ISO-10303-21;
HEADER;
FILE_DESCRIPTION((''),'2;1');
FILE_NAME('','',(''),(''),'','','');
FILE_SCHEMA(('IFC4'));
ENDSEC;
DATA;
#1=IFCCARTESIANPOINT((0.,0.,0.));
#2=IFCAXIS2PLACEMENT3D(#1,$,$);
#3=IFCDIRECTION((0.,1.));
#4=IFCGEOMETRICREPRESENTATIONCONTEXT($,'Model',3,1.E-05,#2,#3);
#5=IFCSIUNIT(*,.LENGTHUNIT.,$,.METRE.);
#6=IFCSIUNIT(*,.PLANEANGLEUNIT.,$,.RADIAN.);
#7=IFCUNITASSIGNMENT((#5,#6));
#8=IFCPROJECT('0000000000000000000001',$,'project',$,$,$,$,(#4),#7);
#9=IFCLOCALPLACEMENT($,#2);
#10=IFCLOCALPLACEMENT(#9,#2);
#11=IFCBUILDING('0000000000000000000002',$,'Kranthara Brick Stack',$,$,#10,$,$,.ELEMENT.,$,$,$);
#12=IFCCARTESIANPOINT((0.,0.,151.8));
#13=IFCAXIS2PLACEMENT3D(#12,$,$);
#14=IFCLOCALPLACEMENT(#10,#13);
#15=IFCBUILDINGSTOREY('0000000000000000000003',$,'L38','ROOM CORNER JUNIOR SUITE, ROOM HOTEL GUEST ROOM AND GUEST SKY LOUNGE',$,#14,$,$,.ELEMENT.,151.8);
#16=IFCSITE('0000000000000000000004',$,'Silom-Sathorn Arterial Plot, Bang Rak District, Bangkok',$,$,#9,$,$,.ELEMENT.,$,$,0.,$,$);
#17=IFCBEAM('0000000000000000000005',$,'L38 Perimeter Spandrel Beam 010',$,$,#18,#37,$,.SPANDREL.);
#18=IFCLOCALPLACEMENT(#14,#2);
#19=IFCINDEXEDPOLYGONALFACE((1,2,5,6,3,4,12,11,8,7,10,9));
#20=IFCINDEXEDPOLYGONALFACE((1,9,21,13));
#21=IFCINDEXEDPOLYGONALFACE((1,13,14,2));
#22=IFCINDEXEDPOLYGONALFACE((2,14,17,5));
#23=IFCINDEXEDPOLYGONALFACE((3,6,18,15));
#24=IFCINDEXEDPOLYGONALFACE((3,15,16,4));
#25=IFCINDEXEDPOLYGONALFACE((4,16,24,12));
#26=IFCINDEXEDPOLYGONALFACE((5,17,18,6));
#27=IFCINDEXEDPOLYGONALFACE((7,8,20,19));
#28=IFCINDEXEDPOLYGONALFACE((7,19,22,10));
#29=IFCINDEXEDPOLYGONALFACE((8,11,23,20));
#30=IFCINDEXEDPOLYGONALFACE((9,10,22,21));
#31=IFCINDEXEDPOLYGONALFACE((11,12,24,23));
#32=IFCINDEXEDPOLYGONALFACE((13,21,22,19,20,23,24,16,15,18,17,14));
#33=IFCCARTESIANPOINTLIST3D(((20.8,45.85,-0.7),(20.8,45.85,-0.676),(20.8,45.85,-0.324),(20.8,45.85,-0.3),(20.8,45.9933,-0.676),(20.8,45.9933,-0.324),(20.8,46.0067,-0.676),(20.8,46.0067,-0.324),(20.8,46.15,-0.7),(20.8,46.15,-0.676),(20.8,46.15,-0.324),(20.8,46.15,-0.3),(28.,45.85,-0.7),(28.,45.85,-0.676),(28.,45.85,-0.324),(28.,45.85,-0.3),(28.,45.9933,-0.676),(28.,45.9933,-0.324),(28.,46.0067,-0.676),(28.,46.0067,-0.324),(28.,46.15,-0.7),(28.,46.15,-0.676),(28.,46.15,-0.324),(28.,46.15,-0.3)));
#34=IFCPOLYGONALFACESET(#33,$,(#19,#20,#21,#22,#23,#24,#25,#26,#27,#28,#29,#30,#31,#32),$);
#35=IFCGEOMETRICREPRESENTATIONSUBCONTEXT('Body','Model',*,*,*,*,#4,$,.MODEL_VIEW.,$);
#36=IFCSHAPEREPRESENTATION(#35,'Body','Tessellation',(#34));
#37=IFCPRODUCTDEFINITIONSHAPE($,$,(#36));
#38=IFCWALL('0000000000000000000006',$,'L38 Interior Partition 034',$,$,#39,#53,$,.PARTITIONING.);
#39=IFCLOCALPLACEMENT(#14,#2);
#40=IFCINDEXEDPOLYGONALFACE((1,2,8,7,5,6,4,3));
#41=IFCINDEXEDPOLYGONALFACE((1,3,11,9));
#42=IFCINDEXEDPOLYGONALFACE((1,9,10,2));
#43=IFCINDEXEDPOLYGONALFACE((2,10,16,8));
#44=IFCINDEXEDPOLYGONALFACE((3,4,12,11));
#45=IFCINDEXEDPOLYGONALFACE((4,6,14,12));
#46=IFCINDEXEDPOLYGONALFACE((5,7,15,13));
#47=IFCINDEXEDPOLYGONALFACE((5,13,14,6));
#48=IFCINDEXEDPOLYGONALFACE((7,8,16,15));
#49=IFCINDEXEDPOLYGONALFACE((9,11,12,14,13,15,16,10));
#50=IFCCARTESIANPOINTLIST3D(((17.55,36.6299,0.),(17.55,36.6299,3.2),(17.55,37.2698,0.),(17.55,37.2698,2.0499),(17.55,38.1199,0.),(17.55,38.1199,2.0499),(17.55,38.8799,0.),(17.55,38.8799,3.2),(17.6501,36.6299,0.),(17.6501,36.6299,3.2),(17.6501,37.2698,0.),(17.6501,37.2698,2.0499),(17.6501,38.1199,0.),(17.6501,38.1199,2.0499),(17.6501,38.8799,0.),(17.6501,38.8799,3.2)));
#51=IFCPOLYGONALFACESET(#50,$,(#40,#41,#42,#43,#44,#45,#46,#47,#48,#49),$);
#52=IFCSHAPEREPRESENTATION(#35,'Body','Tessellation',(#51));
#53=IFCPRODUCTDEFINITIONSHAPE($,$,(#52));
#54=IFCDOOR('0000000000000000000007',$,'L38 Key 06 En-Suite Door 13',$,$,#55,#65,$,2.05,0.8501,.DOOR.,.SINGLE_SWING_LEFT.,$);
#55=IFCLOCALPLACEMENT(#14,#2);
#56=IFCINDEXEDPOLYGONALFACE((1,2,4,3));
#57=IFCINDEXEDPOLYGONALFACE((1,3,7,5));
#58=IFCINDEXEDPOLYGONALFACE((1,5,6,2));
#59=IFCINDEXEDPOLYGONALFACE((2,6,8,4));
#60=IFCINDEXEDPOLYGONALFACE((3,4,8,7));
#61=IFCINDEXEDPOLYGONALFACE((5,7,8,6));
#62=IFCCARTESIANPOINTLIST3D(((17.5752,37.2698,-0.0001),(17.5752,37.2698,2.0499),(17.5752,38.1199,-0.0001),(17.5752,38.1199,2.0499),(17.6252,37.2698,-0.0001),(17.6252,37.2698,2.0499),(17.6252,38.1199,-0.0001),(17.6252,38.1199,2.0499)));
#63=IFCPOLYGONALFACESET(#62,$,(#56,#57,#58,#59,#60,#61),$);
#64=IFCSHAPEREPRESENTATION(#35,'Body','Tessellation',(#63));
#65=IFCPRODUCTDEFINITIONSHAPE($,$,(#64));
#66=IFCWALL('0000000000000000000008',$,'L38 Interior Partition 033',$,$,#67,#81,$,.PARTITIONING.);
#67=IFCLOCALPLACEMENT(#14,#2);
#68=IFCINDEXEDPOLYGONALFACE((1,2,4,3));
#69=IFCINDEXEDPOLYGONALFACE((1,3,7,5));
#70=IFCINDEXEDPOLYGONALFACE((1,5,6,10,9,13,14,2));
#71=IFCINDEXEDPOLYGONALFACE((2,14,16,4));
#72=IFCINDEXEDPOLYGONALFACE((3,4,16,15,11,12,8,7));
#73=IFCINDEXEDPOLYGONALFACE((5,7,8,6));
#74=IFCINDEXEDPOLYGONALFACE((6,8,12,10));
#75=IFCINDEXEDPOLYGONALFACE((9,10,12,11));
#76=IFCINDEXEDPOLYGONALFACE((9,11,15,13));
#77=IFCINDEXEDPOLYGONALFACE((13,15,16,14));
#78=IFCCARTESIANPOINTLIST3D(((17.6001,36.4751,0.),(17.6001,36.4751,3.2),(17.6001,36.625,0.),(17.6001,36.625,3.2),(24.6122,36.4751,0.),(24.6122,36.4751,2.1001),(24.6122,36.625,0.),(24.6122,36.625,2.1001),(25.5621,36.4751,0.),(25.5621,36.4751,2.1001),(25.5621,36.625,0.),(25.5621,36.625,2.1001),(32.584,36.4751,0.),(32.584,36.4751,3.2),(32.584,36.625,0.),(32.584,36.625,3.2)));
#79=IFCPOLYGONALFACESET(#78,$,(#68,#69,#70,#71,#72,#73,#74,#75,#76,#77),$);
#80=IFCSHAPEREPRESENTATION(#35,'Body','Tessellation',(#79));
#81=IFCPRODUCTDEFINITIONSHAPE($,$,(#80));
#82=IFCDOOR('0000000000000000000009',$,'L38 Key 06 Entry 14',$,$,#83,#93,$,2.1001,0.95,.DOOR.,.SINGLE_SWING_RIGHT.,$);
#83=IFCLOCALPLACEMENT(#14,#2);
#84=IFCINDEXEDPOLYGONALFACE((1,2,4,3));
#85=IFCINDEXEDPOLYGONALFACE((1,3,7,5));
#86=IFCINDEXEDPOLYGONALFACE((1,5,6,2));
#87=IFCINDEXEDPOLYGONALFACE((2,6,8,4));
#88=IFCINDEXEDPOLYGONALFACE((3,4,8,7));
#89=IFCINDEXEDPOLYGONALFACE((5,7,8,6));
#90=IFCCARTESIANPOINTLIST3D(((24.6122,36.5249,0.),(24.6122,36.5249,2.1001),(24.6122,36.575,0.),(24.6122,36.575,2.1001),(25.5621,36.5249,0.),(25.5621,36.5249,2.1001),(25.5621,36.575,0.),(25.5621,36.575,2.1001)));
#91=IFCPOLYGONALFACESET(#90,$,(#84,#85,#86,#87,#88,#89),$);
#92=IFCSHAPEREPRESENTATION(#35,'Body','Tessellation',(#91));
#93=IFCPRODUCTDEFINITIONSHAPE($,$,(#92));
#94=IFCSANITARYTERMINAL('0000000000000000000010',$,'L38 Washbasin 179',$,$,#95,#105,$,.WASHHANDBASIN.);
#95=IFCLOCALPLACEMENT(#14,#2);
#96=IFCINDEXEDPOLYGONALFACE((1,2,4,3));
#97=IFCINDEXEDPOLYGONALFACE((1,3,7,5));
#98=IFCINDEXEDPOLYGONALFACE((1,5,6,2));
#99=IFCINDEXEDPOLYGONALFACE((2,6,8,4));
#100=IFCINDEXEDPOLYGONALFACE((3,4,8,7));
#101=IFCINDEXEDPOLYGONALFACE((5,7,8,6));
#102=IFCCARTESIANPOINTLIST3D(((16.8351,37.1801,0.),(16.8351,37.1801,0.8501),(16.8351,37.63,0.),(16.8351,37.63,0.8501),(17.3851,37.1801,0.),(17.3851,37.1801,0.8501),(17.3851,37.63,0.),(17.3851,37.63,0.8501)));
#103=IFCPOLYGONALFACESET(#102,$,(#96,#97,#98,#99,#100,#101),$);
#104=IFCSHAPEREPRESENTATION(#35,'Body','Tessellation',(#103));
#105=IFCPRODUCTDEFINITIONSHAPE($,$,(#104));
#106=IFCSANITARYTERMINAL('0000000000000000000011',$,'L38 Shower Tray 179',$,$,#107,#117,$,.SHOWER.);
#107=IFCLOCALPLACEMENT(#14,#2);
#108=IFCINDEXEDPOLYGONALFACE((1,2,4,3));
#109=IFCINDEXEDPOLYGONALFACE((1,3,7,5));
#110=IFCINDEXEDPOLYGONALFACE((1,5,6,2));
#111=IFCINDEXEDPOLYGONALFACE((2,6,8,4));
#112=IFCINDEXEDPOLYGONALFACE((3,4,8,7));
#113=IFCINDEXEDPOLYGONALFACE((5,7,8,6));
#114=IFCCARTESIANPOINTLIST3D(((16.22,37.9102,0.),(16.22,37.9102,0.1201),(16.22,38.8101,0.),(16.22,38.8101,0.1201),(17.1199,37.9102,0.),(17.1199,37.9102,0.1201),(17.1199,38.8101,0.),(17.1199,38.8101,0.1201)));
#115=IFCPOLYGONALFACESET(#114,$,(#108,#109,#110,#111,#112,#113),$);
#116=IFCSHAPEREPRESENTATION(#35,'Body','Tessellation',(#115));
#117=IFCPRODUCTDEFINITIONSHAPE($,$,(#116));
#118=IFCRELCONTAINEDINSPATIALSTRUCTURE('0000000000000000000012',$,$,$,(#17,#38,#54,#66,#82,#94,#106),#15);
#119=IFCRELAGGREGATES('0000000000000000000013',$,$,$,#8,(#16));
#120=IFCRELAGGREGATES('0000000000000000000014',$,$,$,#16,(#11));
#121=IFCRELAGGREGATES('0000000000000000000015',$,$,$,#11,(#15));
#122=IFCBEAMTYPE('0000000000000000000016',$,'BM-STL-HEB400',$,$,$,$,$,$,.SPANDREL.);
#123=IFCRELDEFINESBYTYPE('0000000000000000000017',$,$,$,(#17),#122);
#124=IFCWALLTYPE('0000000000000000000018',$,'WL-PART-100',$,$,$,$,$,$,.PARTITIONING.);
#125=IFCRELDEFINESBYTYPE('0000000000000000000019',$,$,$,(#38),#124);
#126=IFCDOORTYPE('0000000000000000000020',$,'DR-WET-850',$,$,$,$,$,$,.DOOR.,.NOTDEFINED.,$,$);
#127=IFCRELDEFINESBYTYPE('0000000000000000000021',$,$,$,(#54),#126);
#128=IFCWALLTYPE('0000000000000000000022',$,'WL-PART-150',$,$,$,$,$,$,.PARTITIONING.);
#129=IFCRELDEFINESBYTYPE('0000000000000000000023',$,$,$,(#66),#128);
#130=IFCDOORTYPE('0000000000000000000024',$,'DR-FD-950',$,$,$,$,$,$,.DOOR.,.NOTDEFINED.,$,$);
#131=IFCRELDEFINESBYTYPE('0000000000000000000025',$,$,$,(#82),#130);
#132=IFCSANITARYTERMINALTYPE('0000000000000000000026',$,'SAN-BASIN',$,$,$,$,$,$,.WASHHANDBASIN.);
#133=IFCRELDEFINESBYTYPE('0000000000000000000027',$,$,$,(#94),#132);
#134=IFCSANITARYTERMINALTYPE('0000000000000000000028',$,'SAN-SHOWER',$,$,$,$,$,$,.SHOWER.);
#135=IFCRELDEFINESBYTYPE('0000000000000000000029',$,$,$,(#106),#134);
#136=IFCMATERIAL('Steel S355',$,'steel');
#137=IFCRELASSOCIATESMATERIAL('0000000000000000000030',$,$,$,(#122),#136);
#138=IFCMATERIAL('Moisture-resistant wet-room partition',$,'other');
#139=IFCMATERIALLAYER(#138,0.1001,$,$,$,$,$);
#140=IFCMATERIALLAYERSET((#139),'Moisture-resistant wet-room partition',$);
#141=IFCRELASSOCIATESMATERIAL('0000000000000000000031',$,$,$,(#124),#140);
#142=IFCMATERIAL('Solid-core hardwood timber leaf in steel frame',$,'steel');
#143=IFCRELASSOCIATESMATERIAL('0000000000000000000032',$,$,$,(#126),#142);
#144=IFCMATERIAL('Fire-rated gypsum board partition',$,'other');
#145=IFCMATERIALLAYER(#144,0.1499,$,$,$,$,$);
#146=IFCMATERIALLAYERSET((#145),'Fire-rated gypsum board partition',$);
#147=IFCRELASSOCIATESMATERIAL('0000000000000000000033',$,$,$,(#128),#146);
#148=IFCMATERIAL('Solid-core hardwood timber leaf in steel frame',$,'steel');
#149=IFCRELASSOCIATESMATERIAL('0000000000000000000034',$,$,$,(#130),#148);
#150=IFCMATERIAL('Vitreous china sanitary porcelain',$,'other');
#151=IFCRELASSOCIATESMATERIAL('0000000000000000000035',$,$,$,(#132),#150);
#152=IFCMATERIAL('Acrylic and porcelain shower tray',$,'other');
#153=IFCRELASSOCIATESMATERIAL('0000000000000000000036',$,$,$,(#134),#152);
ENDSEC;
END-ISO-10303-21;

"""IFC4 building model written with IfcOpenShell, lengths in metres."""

from ifc_helpers import new_model, si_unit, direction, frame, frame_2d, origin, origin_2d, place, context, subcontext, project, spatial, rectangle, i_section, extrude, material, layer, layer_set, material_profile, profile_set, type_object, element, fill, save


model = new_model("IFC4")

# Units and contexts
model_context = context("Model", 3, precision=1e-05, world=origin(), true_north=direction((0.0, 1.0)))
body_context = subcontext(model_context, "Body", "Model", "MODEL_VIEW")
ifc_project = project(units=[si_unit("LENGTHUNIT", "METRE"), si_unit("PLANEANGLEUNIT", "RADIAN")], contexts=[model_context])

# Site, building, storey
site_placement = place(None, origin())
site = spatial("IfcSite", under=ifc_project, at=site_placement, Name="Silom-Sathorn Arterial Plot, Bang Rak District, Bangkok", CompositionType="ELEMENT", RefElevation=0.0)
building_placement = place(site_placement, origin())
building = spatial("IfcBuilding", under=site, at=building_placement, Name="Kranthara Brick Stack", CompositionType="ELEMENT")
storey_placement = place(building_placement, frame((0.0, 0.0, 151.8)))
storey = spatial("IfcBuildingStorey", under=building, at=storey_placement, Name="L38", Description="ROOM CORNER JUNIOR SUITE, ROOM HOTEL GUEST ROOM AND GUEST SKY LOUNGE", CompositionType="ELEMENT", Elevation=151.8)

# Beam
ifc_material_1 = material(Name="Steel S355", Category="steel")
ifc_material_profile_1 = material_profile(ifc_material_1, i_section(OverallWidth=0.3, OverallDepth=0.3999, WebThickness=0.0134, FlangeThickness=0.0239, at=origin_2d()), Name="HEB 400")
ifc_profile_set_1 = profile_set([ifc_material_profile_1], Name="Steel S355")
beam_type_1 = type_object("IfcBeamType", Name="BM-STL-HEB400", PredefinedType="SPANDREL", material=ifc_profile_set_1)
beam_1_placement = place(storey_placement, frame((20.8, 46.0, -0.5), z_axis=(1.0, 0.0, 0.0), x_axis=(0.0, 1.0, 0.0)))
element("IfcBeam", 1, at=beam_1_placement, inside=storey, type_object=beam_type_1, Name="L38 Perimeter Spandrel Beam 010", PredefinedType="SPANDREL", context=body_context, shape_type="SweptSolid", body=[
    extrude(i_section(OverallWidth=0.3, OverallDepth=0.3999, WebThickness=0.0134, FlangeThickness=0.0239, at=origin_2d()), origin(), (0.0, 0.0, 1.0), 7.2),
])

# Walls, openings, doors
ifc_material_2 = material(Name="Moisture-resistant wet-room partition", Category="other")
ifc_layer_1 = layer(ifc_material_2, 0.1001)
ifc_layer_set_1 = layer_set([ifc_layer_1], Name="Moisture-resistant wet-room partition")
wall_type_1 = type_object("IfcWallType", Name="WL-PART-100", PredefinedType="PARTITIONING", material=ifc_layer_set_1)
wall_1_placement = place(storey_placement, frame((17.6001, 36.6299, 0.0), z_axis=(0.0, 0.0, 1.0), x_axis=(0.0, 1.0, 0.0)))
wall_1 = element("IfcWall", 2, at=wall_1_placement, inside=storey, type_object=wall_type_1, Name="L38 Interior Partition 034", PredefinedType="PARTITIONING", context=body_context, shape_type="SweptSolid", body=[
    extrude(rectangle(XDim=2.25, YDim=0.1001, at=frame_2d((1.125, 0.0))), origin(), (0.0, 0.0, 1.0), 3.2),
])
opening_1_placement = place(wall_1_placement, frame((0.6399, 0.0, 0.0)))
opening_1 = element("IfcOpeningElement", 3, at=opening_1_placement, cuts=wall_1, PredefinedType="OPENING", context=body_context, shape_type="SweptSolid", body=[
    extrude(rectangle(XDim=0.8501, YDim=2.05, at=frame_2d((0.425, 1.0249))), frame((0.0, 0.0601, 0.0), z_axis=(0.0, -1.0, 0.0), x_axis=(1.0, 0.0, 0.0)), (0.0, 0.0, 1.0), 0.1201),
])
ifc_material_3 = material(Name="Solid-core hardwood timber leaf in steel frame", Category="steel")
door_type_1 = type_object("IfcDoorType", Name="DR-WET-850", OperationType="NOTDEFINED", PredefinedType="DOOR", material=ifc_material_3)
door_1_placement = place(opening_1_placement, origin())
door_1 = element("IfcDoor", 4, at=door_1_placement, inside=storey, type_object=door_type_1, Name="L38 Key 06 En-Suite Door 13", OperationType="SINGLE_SWING_LEFT", OverallHeight=2.05, OverallWidth=0.8501, PredefinedType="DOOR", context=body_context, shape_type="SweptSolid", body=[
    extrude(rectangle(XDim=0.8501, YDim=2.05, at=frame_2d((0.425, 1.0249))), frame((0.0, 0.0249, 0.0), z_axis=(0.0, -1.0, 0.0), x_axis=(1.0, 0.0, 0.0)), (0.0, 0.0, 1.0), 0.05),
])
fill(opening_1, door_1)
ifc_material_4 = material(Name="Fire-rated gypsum board partition", Category="other")
ifc_layer_2 = layer(ifc_material_4, 0.1499)
ifc_layer_set_2 = layer_set([ifc_layer_2], Name="Fire-rated gypsum board partition")
wall_type_2 = type_object("IfcWallType", Name="WL-PART-150", PredefinedType="PARTITIONING", material=ifc_layer_set_2)
wall_2_placement = place(storey_placement, frame((17.6001, 36.55, 0.0), z_axis=(0.0, 0.0, 1.0), x_axis=(1.0, 0.0, 0.0)))
wall_2 = element("IfcWall", 5, at=wall_2_placement, inside=storey, type_object=wall_type_2, Name="L38 Interior Partition 033", PredefinedType="PARTITIONING", context=body_context, shape_type="SweptSolid", body=[
    extrude(rectangle(XDim=14.9839, YDim=0.1499, at=frame_2d((7.4919, 0.0))), origin(), (0.0, 0.0, 1.0), 3.2),
])
opening_2_placement = place(wall_2_placement, frame((7.012, 0.0, 0.0)))
opening_2 = element("IfcOpeningElement", 6, at=opening_2_placement, cuts=wall_2, PredefinedType="OPENING", context=body_context, shape_type="SweptSolid", body=[
    extrude(rectangle(XDim=0.95, YDim=2.1001, at=frame_2d((0.4751, 1.05))), frame((0.0, 0.085, 0.0), z_axis=(0.0, -1.0, 0.0), x_axis=(1.0, 0.0, 0.0)), (0.0, 0.0, 1.0), 0.1699),
])
ifc_material_5 = material(Name="Solid-core hardwood timber leaf in steel frame", Category="steel")
door_type_2 = type_object("IfcDoorType", Name="DR-FD-950", OperationType="NOTDEFINED", PredefinedType="DOOR", material=ifc_material_5)
door_2_placement = place(opening_2_placement, origin())
door_2 = element("IfcDoor", 7, at=door_2_placement, inside=storey, type_object=door_type_2, Name="L38 Key 06 Entry 14", OperationType="SINGLE_SWING_RIGHT", OverallHeight=2.1001, OverallWidth=0.95, PredefinedType="DOOR", context=body_context, shape_type="SweptSolid", body=[
    extrude(rectangle(XDim=0.95, YDim=2.1001, at=frame_2d((0.4751, 1.05))), frame((0.0, 0.0249, 0.0), z_axis=(0.0, -1.0, 0.0), x_axis=(1.0, 0.0, 0.0)), (0.0, 0.0, 1.0), 0.05),
])
fill(opening_2, door_2)

# Sanitary terminals
ifc_material_6 = material(Name="Vitreous china sanitary porcelain", Category="other")
sanitary_terminal_type_1 = type_object("IfcSanitaryTerminalType", Name="SAN-BASIN", PredefinedType="WASHHANDBASIN", material=ifc_material_6)
sanitary_terminal_1_placement = place(storey_placement, frame((17.1101, 37.405, 0.0), z_axis=(0.0, 0.0, 1.0), x_axis=(1.0, 0.0, 0.0)))
element("IfcSanitaryTerminal", 8, at=sanitary_terminal_1_placement, inside=storey, type_object=sanitary_terminal_type_1, Name="L38 Washbasin 179", PredefinedType="WASHHANDBASIN", context=body_context, shape_type="SweptSolid", body=[
    extrude(rectangle(XDim=0.55, YDim=0.45, at=origin_2d()), origin(), (0.0, 0.0, 1.0), 0.8501),
])
ifc_material_7 = material(Name="Acrylic and porcelain shower tray", Category="other")
sanitary_terminal_type_2 = type_object("IfcSanitaryTerminalType", Name="SAN-SHOWER", PredefinedType="SHOWER", material=ifc_material_7)
sanitary_terminal_2_placement = place(storey_placement, frame((16.6699, 38.3601, 0.0), z_axis=(0.0, 0.0, 1.0), x_axis=(1.0, 0.0, 0.0)))
element("IfcSanitaryTerminal", 9, at=sanitary_terminal_2_placement, inside=storey, type_object=sanitary_terminal_type_2, Name="L38 Shower Tray 179", PredefinedType="SHOWER", context=body_context, shape_type="SweptSolid", body=[
    extrude(rectangle(XDim=0.8999, YDim=0.8999, at=origin_2d()), origin(), (0.0, 0.0, 1.0), 0.1201),
])

save(model, "model.ifc")
